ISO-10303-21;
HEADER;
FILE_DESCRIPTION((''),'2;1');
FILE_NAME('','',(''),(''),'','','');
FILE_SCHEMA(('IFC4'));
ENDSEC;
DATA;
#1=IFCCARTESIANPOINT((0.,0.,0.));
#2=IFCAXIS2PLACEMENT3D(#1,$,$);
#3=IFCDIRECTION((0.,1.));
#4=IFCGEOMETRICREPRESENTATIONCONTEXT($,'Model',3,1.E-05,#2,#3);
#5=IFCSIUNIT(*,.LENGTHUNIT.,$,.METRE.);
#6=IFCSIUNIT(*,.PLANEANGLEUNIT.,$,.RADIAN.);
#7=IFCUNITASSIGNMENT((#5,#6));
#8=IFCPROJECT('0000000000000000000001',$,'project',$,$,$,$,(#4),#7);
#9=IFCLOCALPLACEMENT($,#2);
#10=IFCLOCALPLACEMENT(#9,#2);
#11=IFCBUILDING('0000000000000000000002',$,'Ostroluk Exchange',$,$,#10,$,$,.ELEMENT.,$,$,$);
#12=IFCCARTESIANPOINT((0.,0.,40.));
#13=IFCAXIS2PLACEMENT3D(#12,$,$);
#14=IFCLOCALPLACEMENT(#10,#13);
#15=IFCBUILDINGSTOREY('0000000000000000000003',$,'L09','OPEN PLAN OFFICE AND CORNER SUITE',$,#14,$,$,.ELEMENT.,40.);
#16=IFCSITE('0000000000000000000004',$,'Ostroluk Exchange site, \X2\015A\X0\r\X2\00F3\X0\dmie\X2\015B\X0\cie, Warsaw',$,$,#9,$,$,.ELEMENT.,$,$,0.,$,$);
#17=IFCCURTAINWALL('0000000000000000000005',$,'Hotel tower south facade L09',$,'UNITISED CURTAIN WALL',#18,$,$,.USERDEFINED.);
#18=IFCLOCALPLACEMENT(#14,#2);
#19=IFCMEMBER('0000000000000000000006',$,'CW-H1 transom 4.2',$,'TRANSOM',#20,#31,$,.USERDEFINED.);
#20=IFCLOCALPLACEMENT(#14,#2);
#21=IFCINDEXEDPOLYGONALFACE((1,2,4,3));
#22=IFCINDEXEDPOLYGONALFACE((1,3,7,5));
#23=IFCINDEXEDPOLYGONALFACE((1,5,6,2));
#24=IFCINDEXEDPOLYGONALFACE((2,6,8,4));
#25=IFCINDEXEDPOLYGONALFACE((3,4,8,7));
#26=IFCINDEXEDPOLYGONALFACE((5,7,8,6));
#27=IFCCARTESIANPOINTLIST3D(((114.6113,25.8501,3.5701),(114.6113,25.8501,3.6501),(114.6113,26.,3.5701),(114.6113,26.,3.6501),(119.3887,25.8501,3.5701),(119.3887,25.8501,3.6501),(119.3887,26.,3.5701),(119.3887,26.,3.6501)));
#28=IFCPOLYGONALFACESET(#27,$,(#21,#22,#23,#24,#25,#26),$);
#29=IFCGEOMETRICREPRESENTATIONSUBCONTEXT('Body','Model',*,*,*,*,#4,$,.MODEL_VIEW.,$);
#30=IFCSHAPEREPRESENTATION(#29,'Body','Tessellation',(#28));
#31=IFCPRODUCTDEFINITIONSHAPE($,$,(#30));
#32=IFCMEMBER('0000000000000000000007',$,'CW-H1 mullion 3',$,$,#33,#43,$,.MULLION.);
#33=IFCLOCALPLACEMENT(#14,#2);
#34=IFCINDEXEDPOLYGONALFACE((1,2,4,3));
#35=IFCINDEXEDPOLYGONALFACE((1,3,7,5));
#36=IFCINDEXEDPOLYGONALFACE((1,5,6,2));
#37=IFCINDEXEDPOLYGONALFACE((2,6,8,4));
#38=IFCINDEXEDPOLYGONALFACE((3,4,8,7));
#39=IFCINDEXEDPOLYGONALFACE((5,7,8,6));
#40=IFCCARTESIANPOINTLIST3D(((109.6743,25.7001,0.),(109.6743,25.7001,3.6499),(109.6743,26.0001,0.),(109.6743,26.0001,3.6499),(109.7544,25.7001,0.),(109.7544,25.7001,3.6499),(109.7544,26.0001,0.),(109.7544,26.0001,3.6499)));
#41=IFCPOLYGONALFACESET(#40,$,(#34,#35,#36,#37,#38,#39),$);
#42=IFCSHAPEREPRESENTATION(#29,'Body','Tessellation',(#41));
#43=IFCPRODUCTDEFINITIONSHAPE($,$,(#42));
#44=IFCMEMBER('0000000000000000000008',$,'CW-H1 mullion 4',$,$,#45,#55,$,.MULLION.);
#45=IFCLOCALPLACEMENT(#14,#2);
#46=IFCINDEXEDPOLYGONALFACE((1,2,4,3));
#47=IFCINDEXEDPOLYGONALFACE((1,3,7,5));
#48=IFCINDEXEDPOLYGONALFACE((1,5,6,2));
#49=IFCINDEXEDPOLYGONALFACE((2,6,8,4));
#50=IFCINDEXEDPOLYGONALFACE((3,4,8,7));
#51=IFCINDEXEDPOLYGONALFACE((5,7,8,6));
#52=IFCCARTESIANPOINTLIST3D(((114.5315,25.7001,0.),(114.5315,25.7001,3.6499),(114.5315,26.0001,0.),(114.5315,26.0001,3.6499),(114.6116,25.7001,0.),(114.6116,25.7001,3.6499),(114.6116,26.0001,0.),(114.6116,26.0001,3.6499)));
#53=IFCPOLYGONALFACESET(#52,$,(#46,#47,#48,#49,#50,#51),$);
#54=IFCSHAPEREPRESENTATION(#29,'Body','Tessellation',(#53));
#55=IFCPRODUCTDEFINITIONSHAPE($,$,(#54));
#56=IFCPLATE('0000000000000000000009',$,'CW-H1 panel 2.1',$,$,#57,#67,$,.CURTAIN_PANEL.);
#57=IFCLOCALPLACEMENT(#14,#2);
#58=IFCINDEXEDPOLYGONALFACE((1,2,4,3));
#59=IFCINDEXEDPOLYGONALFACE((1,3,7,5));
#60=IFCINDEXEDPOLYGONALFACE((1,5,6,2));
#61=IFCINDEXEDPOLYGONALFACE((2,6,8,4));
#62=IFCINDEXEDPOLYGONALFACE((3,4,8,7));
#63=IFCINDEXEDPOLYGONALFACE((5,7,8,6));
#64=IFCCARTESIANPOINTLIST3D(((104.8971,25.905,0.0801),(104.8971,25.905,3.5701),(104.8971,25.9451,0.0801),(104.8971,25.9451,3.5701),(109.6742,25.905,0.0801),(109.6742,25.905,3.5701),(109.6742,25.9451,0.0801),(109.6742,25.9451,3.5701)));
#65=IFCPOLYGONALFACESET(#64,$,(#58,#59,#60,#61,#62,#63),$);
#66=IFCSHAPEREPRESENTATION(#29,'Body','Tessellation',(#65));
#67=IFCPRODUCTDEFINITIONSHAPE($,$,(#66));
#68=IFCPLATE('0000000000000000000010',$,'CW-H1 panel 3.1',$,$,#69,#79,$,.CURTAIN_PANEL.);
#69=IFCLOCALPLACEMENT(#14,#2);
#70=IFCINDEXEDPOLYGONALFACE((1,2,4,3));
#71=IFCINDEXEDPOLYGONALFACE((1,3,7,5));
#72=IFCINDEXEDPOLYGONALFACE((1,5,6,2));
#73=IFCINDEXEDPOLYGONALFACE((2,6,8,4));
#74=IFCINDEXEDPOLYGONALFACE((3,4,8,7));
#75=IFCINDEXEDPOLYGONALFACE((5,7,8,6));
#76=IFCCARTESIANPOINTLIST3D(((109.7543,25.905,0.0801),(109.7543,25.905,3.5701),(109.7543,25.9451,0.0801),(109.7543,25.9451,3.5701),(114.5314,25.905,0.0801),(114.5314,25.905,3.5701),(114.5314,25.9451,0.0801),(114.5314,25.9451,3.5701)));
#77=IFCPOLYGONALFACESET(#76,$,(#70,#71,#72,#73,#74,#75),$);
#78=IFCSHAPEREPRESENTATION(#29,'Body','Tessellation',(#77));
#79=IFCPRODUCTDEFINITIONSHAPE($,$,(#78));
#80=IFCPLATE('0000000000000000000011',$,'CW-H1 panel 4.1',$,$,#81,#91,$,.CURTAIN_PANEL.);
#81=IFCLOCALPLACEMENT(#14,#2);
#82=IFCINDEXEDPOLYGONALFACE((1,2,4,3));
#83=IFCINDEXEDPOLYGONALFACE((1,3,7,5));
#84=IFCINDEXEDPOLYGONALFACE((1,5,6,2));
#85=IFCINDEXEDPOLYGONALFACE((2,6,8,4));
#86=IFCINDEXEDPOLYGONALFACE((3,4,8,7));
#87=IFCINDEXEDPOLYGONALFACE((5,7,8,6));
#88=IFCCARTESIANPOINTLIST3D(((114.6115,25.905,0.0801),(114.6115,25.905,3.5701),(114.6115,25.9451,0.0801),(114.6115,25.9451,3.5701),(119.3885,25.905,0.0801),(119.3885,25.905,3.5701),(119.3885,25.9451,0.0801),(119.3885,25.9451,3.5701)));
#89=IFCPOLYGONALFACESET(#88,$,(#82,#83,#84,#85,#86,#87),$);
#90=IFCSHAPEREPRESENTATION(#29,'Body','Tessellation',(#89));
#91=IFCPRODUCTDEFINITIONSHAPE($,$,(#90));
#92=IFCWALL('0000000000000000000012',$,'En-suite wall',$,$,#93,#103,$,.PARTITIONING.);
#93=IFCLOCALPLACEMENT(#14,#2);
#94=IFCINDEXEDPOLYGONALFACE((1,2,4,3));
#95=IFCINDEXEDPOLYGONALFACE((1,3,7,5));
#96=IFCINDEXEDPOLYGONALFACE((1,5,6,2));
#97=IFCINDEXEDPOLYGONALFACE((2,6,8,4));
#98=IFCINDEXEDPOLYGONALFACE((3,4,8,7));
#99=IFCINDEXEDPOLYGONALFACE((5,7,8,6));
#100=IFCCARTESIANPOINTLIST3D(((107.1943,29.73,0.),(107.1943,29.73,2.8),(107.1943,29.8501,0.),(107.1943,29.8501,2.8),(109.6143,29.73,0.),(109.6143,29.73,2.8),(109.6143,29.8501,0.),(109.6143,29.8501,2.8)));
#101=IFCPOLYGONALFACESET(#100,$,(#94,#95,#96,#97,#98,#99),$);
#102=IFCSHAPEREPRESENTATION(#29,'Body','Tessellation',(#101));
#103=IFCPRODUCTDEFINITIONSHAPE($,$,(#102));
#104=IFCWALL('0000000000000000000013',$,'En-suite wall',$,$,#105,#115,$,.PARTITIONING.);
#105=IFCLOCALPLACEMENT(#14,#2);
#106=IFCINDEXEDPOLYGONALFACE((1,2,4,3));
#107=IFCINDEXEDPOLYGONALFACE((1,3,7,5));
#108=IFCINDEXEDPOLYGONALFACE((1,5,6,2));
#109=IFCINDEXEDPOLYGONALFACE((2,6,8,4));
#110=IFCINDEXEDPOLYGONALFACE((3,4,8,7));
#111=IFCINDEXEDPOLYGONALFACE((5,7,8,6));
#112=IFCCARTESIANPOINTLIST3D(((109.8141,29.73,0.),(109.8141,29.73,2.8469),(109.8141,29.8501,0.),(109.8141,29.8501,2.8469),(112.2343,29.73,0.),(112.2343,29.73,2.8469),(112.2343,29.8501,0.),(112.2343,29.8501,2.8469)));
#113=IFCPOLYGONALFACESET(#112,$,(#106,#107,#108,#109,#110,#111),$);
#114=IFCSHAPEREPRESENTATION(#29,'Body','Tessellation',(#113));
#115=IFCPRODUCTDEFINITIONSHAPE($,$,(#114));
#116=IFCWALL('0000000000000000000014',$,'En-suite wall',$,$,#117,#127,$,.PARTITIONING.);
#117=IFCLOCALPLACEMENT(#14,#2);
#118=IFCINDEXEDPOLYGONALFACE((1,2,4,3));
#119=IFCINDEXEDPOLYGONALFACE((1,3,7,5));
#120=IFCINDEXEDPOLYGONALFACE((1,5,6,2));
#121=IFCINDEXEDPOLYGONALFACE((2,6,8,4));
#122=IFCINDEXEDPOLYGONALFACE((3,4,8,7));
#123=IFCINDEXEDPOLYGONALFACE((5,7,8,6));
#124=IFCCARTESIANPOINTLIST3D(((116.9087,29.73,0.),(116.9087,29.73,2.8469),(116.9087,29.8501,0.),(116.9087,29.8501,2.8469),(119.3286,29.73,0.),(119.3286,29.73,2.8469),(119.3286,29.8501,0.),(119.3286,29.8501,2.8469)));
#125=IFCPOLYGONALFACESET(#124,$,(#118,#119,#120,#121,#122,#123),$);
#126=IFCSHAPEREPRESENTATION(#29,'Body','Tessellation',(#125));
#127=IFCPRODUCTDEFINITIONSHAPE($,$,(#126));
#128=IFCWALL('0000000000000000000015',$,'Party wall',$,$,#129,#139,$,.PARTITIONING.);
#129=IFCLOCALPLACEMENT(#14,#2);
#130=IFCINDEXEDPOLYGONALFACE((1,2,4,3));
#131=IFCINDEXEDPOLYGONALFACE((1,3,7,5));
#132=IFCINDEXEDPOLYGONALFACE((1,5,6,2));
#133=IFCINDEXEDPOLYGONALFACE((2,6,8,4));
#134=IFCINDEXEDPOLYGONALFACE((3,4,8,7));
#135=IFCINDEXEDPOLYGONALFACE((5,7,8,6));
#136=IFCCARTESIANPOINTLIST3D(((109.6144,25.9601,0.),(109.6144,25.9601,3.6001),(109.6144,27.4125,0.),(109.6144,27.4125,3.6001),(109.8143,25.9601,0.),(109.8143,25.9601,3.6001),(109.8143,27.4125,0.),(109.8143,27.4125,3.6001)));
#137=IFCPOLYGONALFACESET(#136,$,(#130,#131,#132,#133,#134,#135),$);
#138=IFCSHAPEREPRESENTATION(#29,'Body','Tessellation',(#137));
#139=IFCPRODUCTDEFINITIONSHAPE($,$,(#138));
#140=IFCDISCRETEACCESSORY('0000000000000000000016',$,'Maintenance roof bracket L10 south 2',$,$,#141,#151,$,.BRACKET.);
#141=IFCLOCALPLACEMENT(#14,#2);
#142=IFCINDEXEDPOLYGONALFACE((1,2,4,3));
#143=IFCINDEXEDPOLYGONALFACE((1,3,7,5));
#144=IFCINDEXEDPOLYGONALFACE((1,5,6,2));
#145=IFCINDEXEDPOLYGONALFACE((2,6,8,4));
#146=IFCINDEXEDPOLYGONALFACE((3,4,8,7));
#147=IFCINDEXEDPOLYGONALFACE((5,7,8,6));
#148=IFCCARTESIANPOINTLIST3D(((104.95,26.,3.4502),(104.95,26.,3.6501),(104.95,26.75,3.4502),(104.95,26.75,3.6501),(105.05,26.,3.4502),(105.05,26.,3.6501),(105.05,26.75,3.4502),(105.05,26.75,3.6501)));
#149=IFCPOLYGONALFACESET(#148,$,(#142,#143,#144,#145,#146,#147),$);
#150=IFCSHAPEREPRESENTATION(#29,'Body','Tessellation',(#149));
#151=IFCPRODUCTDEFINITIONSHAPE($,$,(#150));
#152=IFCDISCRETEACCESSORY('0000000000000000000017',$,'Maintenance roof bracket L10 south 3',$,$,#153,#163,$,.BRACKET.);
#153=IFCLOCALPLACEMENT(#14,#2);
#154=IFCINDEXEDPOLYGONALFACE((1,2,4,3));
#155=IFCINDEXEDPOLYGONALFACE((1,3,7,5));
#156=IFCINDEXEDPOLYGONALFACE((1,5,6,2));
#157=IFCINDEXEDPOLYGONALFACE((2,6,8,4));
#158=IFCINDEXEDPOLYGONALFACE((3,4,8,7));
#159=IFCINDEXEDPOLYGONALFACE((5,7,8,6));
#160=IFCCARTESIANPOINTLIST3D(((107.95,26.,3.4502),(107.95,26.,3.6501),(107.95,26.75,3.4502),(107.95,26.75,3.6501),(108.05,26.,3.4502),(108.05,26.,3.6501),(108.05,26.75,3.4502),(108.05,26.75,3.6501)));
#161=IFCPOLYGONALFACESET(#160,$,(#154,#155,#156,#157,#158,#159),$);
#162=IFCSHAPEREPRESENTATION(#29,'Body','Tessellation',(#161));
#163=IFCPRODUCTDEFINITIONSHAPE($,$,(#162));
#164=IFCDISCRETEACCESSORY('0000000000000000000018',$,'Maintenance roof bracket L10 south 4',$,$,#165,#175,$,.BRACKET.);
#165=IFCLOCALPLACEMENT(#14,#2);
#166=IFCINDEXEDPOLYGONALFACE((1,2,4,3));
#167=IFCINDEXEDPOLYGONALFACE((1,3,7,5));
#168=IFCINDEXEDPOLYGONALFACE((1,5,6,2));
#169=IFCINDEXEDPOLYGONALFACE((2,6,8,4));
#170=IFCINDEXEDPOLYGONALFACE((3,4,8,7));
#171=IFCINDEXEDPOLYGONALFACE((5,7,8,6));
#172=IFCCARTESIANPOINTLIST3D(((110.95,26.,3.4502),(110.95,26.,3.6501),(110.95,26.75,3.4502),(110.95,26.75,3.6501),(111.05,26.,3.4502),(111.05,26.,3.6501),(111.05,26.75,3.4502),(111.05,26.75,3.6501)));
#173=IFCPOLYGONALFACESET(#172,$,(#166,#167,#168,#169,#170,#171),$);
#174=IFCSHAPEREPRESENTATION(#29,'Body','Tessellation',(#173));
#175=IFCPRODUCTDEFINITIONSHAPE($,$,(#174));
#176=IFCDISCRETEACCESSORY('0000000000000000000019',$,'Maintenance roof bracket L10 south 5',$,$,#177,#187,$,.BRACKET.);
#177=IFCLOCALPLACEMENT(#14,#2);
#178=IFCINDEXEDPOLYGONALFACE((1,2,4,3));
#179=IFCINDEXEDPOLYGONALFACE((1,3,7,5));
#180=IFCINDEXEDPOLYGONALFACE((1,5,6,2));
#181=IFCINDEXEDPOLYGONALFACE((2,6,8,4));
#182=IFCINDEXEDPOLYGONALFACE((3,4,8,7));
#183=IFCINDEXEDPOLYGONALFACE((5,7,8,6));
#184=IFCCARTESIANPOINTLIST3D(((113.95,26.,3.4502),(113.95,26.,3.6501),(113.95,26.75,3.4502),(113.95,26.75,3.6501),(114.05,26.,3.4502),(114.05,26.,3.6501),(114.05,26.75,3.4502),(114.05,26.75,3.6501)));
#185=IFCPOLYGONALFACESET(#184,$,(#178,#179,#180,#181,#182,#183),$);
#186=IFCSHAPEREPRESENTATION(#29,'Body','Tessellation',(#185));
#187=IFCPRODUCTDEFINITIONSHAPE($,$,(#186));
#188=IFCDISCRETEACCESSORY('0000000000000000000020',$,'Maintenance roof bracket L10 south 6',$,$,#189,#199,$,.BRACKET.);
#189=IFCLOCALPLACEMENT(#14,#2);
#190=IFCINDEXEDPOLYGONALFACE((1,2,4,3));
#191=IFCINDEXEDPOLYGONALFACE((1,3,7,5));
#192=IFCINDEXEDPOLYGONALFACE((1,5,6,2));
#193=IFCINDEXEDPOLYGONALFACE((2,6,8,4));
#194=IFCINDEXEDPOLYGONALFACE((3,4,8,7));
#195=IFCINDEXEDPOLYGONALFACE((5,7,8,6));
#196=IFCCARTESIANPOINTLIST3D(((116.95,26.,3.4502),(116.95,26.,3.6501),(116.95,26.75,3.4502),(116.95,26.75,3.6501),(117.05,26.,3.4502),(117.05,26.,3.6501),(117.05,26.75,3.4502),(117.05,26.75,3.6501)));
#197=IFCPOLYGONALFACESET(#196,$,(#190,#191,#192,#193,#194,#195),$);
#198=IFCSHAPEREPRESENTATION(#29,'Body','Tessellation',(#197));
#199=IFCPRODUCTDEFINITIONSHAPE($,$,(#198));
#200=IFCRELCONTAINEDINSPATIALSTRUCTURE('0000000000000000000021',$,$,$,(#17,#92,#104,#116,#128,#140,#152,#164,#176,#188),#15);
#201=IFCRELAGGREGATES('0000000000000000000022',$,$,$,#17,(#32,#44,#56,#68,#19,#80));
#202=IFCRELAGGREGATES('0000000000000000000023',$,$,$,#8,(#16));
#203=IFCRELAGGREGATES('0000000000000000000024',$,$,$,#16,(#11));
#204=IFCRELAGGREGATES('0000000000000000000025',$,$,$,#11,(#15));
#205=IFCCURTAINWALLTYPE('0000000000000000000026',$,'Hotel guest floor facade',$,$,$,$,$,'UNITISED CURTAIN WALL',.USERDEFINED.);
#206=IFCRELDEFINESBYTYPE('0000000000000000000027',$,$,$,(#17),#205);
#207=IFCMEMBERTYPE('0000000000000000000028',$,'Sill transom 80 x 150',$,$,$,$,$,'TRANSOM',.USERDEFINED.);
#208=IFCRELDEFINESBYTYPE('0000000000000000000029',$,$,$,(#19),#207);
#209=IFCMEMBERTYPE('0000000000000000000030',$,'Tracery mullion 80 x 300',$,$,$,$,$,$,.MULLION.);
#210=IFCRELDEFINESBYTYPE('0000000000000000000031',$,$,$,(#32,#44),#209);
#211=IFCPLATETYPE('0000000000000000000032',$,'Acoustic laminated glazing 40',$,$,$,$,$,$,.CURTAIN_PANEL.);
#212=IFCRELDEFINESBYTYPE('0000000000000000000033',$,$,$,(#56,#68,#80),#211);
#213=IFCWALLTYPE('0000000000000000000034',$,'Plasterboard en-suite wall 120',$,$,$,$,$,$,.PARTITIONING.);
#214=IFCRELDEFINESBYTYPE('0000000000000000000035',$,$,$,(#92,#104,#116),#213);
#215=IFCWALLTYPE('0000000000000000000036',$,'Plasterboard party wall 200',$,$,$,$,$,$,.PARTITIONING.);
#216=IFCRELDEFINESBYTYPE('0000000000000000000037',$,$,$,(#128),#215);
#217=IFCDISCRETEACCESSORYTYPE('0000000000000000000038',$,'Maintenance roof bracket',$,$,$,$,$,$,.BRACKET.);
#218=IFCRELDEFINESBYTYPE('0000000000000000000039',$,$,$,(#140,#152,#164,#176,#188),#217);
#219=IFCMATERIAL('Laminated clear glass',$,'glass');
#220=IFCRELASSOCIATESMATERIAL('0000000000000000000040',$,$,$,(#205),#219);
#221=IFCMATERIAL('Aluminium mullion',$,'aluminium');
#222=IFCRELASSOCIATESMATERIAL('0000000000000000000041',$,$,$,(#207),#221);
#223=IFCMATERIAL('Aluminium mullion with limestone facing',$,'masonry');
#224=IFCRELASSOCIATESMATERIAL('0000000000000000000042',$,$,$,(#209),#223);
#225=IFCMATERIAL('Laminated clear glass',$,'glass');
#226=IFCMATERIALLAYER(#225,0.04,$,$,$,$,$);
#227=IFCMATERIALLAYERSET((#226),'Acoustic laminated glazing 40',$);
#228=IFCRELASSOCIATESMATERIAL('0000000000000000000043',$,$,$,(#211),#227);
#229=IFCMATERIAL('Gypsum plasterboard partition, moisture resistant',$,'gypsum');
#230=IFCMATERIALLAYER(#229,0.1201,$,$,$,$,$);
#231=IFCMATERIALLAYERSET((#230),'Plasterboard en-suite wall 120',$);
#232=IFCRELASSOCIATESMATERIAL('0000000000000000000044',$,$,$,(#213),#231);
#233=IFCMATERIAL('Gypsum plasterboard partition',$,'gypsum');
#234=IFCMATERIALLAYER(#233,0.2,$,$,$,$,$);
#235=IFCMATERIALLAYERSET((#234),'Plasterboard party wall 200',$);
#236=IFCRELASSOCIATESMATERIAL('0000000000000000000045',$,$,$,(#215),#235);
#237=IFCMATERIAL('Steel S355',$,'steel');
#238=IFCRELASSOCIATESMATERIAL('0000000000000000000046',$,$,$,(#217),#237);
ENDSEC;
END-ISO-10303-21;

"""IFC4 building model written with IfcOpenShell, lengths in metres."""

from ifc_helpers import new_model, si_unit, direction, frame, frame_2d, origin, origin_2d, place, context, subcontext, project, spatial, rectangle, extrude, material, layer, layer_set, material_profile, profile_set, type_object, element, aggregate, save


model = new_model("IFC4")

# Units and contexts
model_context = context("Model", 3, precision=1e-05, world=origin(), true_north=direction((0.0, 1.0)))
body_context = subcontext(model_context, "Body", "Model", "MODEL_VIEW")
ifc_project = project(units=[si_unit("LENGTHUNIT", "METRE"), si_unit("PLANEANGLEUNIT", "RADIAN")], contexts=[model_context])

# Site, building, storey
site_placement = place(None, origin())
site = spatial("IfcSite", under=ifc_project, at=site_placement, Name="Ostroluk Exchange site, Śródmieście, Warsaw", CompositionType="ELEMENT", RefElevation=0.0)
building_placement = place(site_placement, origin())
building = spatial("IfcBuilding", under=site, at=building_placement, Name="Ostroluk Exchange", CompositionType="ELEMENT")
storey_placement = place(building_placement, frame((0.0, 0.0, 40.0)))
storey = spatial("IfcBuildingStorey", under=building, at=storey_placement, Name="L09", Description="OPEN PLAN OFFICE AND CORNER SUITE", CompositionType="ELEMENT", Elevation=40.0)

# Curtain wall, members, plates
ifc_material_1 = material(Name="Laminated clear glass", Category="glass")
curtain_wall_type = type_object("IfcCurtainWallType", Name="Hotel guest floor facade", ElementType="UNITISED CURTAIN WALL", PredefinedType="USERDEFINED", material=ifc_material_1)
curtain_wall_placement = place(storey_placement, origin())
curtain_wall = element("IfcCurtainWall", 1, at=curtain_wall_placement, inside=storey, type_object=curtain_wall_type, Name="Hotel tower south facade L09", ObjectType="UNITISED CURTAIN WALL", PredefinedType="USERDEFINED")
ifc_material_2 = material(Name="Aluminium mullion", Category="aluminium")
ifc_material_profile_1 = material_profile(ifc_material_2, rectangle(XDim=0.1499, YDim=0.0801, at=origin_2d()), Name="Sill transom 80 x 150")
ifc_profile_set_1 = profile_set([ifc_material_profile_1], Name="Aluminium mullion")
member_type_1 = type_object("IfcMemberType", Name="Sill transom 80 x 150", ElementType="TRANSOM", PredefinedType="USERDEFINED", material=ifc_profile_set_1)
member_1_placement = place(storey_placement, frame((114.6113, 25.925, 3.6101), z_axis=(1.0, 0.0, 0.0), x_axis=(0.0, 1.0, 0.0)))
member_1 = element("IfcMember", 2, at=member_1_placement, type_object=member_type_1, Name="CW-H1 transom 4.2", ObjectType="TRANSOM", PredefinedType="USERDEFINED", context=body_context, shape_type="SweptSolid", body=[
    extrude(rectangle(XDim=0.1499, YDim=0.0801, at=origin_2d()), origin(), (0.0, 0.0, 1.0), 4.7773),
])
ifc_material_3 = material(Name="Aluminium mullion with limestone facing", Category="masonry")
ifc_material_profile_2 = material_profile(ifc_material_3, rectangle(XDim=0.3, YDim=0.0801, at=origin_2d()), Name="Tracery mullion 80 x 300")
ifc_profile_set_2 = profile_set([ifc_material_profile_2], Name="Aluminium mullion with limestone facing")
member_type_2 = type_object("IfcMemberType", Name="Tracery mullion 80 x 300", PredefinedType="MULLION", material=ifc_profile_set_2)
member_2_placement = place(storey_placement, frame((109.7144, 25.8501, 0.0), z_axis=(0.0, 0.0, 1.0), x_axis=(0.0, 1.0, 0.0)))
member_2 = element("IfcMember", 3, at=member_2_placement, type_object=member_type_2, Name="CW-H1 mullion 3", PredefinedType="MULLION", context=body_context, shape_type="SweptSolid", body=[
    extrude(rectangle(XDim=0.3, YDim=0.0801, at=origin_2d()), origin(), (0.0, 0.0, 1.0), 3.6499),
])
member_3_placement = place(storey_placement, frame((114.5715, 25.8501, 0.0), z_axis=(0.0, 0.0, 1.0), x_axis=(0.0, 1.0, 0.0)))
member_3 = element("IfcMember", 4, at=member_3_placement, type_object=member_type_2, Name="CW-H1 mullion 4", PredefinedType="MULLION", context=body_context, shape_type="SweptSolid", body=[
    extrude(rectangle(XDim=0.3, YDim=0.0801, at=origin_2d()), origin(), (0.0, 0.0, 1.0), 3.6499),
])
ifc_material_4 = material(Name="Laminated clear glass", Category="glass")
ifc_layer_1 = layer(ifc_material_4, 0.04)
ifc_layer_set_1 = layer_set([ifc_layer_1], Name="Acoustic laminated glazing 40")
plate_type = type_object("IfcPlateType", Name="Acoustic laminated glazing 40", PredefinedType="CURTAIN_PANEL", material=ifc_layer_set_1)
plate_1_placement = place(storey_placement, frame((107.2856, 25.925, 0.0801), z_axis=(0.0, 0.0, 1.0), x_axis=(1.0, 0.0, 0.0)))
plate_1 = element("IfcPlate", 5, at=plate_1_placement, type_object=plate_type, Name="CW-H1 panel 2.1", PredefinedType="CURTAIN_PANEL", context=body_context, shape_type="SweptSolid", body=[
    extrude(rectangle(XDim=4.7771, YDim=0.04, at=origin_2d()), origin(), (0.0, 0.0, 1.0), 3.49),
])
plate_2_placement = place(storey_placement, frame((112.1428, 25.925, 0.0801), z_axis=(0.0, 0.0, 1.0), x_axis=(1.0, 0.0, 0.0)))
plate_2 = element("IfcPlate", 6, at=plate_2_placement, type_object=plate_type, Name="CW-H1 panel 3.1", PredefinedType="CURTAIN_PANEL", context=body_context, shape_type="SweptSolid", body=[
    extrude(rectangle(XDim=4.7771, YDim=0.04, at=origin_2d()), origin(), (0.0, 0.0, 1.0), 3.49),
])
plate_3_placement = place(storey_placement, frame((117.0, 25.925, 0.0801), z_axis=(0.0, 0.0, 1.0), x_axis=(1.0, 0.0, 0.0)))
plate_3 = element("IfcPlate", 7, at=plate_3_placement, type_object=plate_type, Name="CW-H1 panel 4.1", PredefinedType="CURTAIN_PANEL", context=body_context, shape_type="SweptSolid", body=[
    extrude(rectangle(XDim=4.7771, YDim=0.04, at=origin_2d()), origin(), (0.0, 0.0, 1.0), 3.49),
])
aggregate(curtain_wall, [member_2, member_3, plate_1, plate_2, member_1, plate_3])

# Walls
ifc_material_5 = material(Name="Gypsum plasterboard partition, moisture resistant", Category="gypsum")
ifc_layer_2 = layer(ifc_material_5, 0.1201)
ifc_layer_set_2 = layer_set([ifc_layer_2], Name="Plasterboard en-suite wall 120")
wall_type_1 = type_object("IfcWallType", Name="Plasterboard en-suite wall 120", PredefinedType="PARTITIONING", material=ifc_layer_set_2)
wall_1_placement = place(storey_placement, frame((107.1943, 29.79, 0.0), z_axis=(0.0, 0.0, 1.0), x_axis=(1.0, 0.0, 0.0)))
element("IfcWall", 8, at=wall_1_placement, inside=storey, type_object=wall_type_1, Name="En-suite wall", PredefinedType="PARTITIONING", context=body_context, shape_type="SweptSolid", body=[
    extrude(rectangle(XDim=2.4199, YDim=0.1201, at=frame_2d((1.21, 0.0))), origin(), (0.0, 0.0, 1.0), 2.8),
])
wall_2_placement = place(storey_placement, frame((109.8142, 29.79, 0.0), z_axis=(0.0, 0.0, 1.0), x_axis=(1.0, 0.0, 0.0)))
element("IfcWall", 9, at=wall_2_placement, inside=storey, type_object=wall_type_1, Name="En-suite wall", PredefinedType="PARTITIONING", context=body_context, shape_type="SweptSolid", body=[
    extrude(rectangle(XDim=2.4202, YDim=0.1201, at=frame_2d((1.21, 0.0))), origin(), (0.0, 0.0, 1.0), 2.8469),
])
wall_3_placement = place(storey_placement, frame((116.9087, 29.79, 0.0), z_axis=(0.0, 0.0, 1.0), x_axis=(1.0, 0.0, 0.0)))
element("IfcWall", 10, at=wall_3_placement, inside=storey, type_object=wall_type_1, Name="En-suite wall", PredefinedType="PARTITIONING", context=body_context, shape_type="SweptSolid", body=[
    extrude(rectangle(XDim=2.4199, YDim=0.1201, at=frame_2d((1.21, 0.0))), origin(), (0.0, 0.0, 1.0), 2.8469),
])
ifc_material_6 = material(Name="Gypsum plasterboard partition", Category="gypsum")
ifc_layer_3 = layer(ifc_material_6, 0.2)
ifc_layer_set_3 = layer_set([ifc_layer_3], Name="Plasterboard party wall 200")
wall_type_2 = type_object("IfcWallType", Name="Plasterboard party wall 200", PredefinedType="PARTITIONING", material=ifc_layer_set_3)
wall_4_placement = place(storey_placement, frame((109.7144, 27.4124, 0.0), z_axis=(0.0, 0.0, 1.0), x_axis=(0.0, -1.0, 0.0)))
element("IfcWall", 11, at=wall_4_placement, inside=storey, type_object=wall_type_2, Name="Party wall", PredefinedType="PARTITIONING", context=body_context, shape_type="SweptSolid", body=[
    extrude(rectangle(XDim=1.4524, YDim=0.2, at=frame_2d((0.7261, 0.0))), origin(), (0.0, 0.0, 1.0), 3.6001),
])

# Discrete accessories
ifc_material_7 = material(Name="Steel S355", Category="steel")
discrete_accessory_type = type_object("IfcDiscreteAccessoryType", Name="Maintenance roof bracket", PredefinedType="BRACKET", material=ifc_material_7)
for number, where, z_axis, x_axis, name in (
    (12, (105.0, 26.375, 3.4502), (0.0, 0.0, 1.0), (1.0, 0.0, 0.0), "Maintenance roof bracket L10 south 2"),
    (13, (108.0, 26.375, 3.4502), (0.0, 0.0, 1.0), (1.0, 0.0, 0.0), "Maintenance roof bracket L10 south 3"),
    (14, (111.0, 26.375, 3.4502), (0.0, 0.0, 1.0), (1.0, 0.0, 0.0), "Maintenance roof bracket L10 south 4"),
    (15, (114.0, 26.375, 3.4502), (0.0, 0.0, 1.0), (1.0, 0.0, 0.0), "Maintenance roof bracket L10 south 5"),
    (16, (117.0, 26.375, 3.4502), (0.0, 0.0, 1.0), (1.0, 0.0, 0.0), "Maintenance roof bracket L10 south 6"),
):
    element("IfcDiscreteAccessory", number, at=place(storey_placement, frame(where, z_axis=z_axis, x_axis=x_axis)), inside=storey, type_object=discrete_accessory_type, Name=name, PredefinedType="BRACKET", context=body_context, shape_type="SweptSolid", body=[
        extrude(rectangle(XDim=0.1001, YDim=0.75, at=origin_2d()), origin(), (0.0, 0.0, 1.0), 0.2),
    ])

save(model, "model.ifc")
